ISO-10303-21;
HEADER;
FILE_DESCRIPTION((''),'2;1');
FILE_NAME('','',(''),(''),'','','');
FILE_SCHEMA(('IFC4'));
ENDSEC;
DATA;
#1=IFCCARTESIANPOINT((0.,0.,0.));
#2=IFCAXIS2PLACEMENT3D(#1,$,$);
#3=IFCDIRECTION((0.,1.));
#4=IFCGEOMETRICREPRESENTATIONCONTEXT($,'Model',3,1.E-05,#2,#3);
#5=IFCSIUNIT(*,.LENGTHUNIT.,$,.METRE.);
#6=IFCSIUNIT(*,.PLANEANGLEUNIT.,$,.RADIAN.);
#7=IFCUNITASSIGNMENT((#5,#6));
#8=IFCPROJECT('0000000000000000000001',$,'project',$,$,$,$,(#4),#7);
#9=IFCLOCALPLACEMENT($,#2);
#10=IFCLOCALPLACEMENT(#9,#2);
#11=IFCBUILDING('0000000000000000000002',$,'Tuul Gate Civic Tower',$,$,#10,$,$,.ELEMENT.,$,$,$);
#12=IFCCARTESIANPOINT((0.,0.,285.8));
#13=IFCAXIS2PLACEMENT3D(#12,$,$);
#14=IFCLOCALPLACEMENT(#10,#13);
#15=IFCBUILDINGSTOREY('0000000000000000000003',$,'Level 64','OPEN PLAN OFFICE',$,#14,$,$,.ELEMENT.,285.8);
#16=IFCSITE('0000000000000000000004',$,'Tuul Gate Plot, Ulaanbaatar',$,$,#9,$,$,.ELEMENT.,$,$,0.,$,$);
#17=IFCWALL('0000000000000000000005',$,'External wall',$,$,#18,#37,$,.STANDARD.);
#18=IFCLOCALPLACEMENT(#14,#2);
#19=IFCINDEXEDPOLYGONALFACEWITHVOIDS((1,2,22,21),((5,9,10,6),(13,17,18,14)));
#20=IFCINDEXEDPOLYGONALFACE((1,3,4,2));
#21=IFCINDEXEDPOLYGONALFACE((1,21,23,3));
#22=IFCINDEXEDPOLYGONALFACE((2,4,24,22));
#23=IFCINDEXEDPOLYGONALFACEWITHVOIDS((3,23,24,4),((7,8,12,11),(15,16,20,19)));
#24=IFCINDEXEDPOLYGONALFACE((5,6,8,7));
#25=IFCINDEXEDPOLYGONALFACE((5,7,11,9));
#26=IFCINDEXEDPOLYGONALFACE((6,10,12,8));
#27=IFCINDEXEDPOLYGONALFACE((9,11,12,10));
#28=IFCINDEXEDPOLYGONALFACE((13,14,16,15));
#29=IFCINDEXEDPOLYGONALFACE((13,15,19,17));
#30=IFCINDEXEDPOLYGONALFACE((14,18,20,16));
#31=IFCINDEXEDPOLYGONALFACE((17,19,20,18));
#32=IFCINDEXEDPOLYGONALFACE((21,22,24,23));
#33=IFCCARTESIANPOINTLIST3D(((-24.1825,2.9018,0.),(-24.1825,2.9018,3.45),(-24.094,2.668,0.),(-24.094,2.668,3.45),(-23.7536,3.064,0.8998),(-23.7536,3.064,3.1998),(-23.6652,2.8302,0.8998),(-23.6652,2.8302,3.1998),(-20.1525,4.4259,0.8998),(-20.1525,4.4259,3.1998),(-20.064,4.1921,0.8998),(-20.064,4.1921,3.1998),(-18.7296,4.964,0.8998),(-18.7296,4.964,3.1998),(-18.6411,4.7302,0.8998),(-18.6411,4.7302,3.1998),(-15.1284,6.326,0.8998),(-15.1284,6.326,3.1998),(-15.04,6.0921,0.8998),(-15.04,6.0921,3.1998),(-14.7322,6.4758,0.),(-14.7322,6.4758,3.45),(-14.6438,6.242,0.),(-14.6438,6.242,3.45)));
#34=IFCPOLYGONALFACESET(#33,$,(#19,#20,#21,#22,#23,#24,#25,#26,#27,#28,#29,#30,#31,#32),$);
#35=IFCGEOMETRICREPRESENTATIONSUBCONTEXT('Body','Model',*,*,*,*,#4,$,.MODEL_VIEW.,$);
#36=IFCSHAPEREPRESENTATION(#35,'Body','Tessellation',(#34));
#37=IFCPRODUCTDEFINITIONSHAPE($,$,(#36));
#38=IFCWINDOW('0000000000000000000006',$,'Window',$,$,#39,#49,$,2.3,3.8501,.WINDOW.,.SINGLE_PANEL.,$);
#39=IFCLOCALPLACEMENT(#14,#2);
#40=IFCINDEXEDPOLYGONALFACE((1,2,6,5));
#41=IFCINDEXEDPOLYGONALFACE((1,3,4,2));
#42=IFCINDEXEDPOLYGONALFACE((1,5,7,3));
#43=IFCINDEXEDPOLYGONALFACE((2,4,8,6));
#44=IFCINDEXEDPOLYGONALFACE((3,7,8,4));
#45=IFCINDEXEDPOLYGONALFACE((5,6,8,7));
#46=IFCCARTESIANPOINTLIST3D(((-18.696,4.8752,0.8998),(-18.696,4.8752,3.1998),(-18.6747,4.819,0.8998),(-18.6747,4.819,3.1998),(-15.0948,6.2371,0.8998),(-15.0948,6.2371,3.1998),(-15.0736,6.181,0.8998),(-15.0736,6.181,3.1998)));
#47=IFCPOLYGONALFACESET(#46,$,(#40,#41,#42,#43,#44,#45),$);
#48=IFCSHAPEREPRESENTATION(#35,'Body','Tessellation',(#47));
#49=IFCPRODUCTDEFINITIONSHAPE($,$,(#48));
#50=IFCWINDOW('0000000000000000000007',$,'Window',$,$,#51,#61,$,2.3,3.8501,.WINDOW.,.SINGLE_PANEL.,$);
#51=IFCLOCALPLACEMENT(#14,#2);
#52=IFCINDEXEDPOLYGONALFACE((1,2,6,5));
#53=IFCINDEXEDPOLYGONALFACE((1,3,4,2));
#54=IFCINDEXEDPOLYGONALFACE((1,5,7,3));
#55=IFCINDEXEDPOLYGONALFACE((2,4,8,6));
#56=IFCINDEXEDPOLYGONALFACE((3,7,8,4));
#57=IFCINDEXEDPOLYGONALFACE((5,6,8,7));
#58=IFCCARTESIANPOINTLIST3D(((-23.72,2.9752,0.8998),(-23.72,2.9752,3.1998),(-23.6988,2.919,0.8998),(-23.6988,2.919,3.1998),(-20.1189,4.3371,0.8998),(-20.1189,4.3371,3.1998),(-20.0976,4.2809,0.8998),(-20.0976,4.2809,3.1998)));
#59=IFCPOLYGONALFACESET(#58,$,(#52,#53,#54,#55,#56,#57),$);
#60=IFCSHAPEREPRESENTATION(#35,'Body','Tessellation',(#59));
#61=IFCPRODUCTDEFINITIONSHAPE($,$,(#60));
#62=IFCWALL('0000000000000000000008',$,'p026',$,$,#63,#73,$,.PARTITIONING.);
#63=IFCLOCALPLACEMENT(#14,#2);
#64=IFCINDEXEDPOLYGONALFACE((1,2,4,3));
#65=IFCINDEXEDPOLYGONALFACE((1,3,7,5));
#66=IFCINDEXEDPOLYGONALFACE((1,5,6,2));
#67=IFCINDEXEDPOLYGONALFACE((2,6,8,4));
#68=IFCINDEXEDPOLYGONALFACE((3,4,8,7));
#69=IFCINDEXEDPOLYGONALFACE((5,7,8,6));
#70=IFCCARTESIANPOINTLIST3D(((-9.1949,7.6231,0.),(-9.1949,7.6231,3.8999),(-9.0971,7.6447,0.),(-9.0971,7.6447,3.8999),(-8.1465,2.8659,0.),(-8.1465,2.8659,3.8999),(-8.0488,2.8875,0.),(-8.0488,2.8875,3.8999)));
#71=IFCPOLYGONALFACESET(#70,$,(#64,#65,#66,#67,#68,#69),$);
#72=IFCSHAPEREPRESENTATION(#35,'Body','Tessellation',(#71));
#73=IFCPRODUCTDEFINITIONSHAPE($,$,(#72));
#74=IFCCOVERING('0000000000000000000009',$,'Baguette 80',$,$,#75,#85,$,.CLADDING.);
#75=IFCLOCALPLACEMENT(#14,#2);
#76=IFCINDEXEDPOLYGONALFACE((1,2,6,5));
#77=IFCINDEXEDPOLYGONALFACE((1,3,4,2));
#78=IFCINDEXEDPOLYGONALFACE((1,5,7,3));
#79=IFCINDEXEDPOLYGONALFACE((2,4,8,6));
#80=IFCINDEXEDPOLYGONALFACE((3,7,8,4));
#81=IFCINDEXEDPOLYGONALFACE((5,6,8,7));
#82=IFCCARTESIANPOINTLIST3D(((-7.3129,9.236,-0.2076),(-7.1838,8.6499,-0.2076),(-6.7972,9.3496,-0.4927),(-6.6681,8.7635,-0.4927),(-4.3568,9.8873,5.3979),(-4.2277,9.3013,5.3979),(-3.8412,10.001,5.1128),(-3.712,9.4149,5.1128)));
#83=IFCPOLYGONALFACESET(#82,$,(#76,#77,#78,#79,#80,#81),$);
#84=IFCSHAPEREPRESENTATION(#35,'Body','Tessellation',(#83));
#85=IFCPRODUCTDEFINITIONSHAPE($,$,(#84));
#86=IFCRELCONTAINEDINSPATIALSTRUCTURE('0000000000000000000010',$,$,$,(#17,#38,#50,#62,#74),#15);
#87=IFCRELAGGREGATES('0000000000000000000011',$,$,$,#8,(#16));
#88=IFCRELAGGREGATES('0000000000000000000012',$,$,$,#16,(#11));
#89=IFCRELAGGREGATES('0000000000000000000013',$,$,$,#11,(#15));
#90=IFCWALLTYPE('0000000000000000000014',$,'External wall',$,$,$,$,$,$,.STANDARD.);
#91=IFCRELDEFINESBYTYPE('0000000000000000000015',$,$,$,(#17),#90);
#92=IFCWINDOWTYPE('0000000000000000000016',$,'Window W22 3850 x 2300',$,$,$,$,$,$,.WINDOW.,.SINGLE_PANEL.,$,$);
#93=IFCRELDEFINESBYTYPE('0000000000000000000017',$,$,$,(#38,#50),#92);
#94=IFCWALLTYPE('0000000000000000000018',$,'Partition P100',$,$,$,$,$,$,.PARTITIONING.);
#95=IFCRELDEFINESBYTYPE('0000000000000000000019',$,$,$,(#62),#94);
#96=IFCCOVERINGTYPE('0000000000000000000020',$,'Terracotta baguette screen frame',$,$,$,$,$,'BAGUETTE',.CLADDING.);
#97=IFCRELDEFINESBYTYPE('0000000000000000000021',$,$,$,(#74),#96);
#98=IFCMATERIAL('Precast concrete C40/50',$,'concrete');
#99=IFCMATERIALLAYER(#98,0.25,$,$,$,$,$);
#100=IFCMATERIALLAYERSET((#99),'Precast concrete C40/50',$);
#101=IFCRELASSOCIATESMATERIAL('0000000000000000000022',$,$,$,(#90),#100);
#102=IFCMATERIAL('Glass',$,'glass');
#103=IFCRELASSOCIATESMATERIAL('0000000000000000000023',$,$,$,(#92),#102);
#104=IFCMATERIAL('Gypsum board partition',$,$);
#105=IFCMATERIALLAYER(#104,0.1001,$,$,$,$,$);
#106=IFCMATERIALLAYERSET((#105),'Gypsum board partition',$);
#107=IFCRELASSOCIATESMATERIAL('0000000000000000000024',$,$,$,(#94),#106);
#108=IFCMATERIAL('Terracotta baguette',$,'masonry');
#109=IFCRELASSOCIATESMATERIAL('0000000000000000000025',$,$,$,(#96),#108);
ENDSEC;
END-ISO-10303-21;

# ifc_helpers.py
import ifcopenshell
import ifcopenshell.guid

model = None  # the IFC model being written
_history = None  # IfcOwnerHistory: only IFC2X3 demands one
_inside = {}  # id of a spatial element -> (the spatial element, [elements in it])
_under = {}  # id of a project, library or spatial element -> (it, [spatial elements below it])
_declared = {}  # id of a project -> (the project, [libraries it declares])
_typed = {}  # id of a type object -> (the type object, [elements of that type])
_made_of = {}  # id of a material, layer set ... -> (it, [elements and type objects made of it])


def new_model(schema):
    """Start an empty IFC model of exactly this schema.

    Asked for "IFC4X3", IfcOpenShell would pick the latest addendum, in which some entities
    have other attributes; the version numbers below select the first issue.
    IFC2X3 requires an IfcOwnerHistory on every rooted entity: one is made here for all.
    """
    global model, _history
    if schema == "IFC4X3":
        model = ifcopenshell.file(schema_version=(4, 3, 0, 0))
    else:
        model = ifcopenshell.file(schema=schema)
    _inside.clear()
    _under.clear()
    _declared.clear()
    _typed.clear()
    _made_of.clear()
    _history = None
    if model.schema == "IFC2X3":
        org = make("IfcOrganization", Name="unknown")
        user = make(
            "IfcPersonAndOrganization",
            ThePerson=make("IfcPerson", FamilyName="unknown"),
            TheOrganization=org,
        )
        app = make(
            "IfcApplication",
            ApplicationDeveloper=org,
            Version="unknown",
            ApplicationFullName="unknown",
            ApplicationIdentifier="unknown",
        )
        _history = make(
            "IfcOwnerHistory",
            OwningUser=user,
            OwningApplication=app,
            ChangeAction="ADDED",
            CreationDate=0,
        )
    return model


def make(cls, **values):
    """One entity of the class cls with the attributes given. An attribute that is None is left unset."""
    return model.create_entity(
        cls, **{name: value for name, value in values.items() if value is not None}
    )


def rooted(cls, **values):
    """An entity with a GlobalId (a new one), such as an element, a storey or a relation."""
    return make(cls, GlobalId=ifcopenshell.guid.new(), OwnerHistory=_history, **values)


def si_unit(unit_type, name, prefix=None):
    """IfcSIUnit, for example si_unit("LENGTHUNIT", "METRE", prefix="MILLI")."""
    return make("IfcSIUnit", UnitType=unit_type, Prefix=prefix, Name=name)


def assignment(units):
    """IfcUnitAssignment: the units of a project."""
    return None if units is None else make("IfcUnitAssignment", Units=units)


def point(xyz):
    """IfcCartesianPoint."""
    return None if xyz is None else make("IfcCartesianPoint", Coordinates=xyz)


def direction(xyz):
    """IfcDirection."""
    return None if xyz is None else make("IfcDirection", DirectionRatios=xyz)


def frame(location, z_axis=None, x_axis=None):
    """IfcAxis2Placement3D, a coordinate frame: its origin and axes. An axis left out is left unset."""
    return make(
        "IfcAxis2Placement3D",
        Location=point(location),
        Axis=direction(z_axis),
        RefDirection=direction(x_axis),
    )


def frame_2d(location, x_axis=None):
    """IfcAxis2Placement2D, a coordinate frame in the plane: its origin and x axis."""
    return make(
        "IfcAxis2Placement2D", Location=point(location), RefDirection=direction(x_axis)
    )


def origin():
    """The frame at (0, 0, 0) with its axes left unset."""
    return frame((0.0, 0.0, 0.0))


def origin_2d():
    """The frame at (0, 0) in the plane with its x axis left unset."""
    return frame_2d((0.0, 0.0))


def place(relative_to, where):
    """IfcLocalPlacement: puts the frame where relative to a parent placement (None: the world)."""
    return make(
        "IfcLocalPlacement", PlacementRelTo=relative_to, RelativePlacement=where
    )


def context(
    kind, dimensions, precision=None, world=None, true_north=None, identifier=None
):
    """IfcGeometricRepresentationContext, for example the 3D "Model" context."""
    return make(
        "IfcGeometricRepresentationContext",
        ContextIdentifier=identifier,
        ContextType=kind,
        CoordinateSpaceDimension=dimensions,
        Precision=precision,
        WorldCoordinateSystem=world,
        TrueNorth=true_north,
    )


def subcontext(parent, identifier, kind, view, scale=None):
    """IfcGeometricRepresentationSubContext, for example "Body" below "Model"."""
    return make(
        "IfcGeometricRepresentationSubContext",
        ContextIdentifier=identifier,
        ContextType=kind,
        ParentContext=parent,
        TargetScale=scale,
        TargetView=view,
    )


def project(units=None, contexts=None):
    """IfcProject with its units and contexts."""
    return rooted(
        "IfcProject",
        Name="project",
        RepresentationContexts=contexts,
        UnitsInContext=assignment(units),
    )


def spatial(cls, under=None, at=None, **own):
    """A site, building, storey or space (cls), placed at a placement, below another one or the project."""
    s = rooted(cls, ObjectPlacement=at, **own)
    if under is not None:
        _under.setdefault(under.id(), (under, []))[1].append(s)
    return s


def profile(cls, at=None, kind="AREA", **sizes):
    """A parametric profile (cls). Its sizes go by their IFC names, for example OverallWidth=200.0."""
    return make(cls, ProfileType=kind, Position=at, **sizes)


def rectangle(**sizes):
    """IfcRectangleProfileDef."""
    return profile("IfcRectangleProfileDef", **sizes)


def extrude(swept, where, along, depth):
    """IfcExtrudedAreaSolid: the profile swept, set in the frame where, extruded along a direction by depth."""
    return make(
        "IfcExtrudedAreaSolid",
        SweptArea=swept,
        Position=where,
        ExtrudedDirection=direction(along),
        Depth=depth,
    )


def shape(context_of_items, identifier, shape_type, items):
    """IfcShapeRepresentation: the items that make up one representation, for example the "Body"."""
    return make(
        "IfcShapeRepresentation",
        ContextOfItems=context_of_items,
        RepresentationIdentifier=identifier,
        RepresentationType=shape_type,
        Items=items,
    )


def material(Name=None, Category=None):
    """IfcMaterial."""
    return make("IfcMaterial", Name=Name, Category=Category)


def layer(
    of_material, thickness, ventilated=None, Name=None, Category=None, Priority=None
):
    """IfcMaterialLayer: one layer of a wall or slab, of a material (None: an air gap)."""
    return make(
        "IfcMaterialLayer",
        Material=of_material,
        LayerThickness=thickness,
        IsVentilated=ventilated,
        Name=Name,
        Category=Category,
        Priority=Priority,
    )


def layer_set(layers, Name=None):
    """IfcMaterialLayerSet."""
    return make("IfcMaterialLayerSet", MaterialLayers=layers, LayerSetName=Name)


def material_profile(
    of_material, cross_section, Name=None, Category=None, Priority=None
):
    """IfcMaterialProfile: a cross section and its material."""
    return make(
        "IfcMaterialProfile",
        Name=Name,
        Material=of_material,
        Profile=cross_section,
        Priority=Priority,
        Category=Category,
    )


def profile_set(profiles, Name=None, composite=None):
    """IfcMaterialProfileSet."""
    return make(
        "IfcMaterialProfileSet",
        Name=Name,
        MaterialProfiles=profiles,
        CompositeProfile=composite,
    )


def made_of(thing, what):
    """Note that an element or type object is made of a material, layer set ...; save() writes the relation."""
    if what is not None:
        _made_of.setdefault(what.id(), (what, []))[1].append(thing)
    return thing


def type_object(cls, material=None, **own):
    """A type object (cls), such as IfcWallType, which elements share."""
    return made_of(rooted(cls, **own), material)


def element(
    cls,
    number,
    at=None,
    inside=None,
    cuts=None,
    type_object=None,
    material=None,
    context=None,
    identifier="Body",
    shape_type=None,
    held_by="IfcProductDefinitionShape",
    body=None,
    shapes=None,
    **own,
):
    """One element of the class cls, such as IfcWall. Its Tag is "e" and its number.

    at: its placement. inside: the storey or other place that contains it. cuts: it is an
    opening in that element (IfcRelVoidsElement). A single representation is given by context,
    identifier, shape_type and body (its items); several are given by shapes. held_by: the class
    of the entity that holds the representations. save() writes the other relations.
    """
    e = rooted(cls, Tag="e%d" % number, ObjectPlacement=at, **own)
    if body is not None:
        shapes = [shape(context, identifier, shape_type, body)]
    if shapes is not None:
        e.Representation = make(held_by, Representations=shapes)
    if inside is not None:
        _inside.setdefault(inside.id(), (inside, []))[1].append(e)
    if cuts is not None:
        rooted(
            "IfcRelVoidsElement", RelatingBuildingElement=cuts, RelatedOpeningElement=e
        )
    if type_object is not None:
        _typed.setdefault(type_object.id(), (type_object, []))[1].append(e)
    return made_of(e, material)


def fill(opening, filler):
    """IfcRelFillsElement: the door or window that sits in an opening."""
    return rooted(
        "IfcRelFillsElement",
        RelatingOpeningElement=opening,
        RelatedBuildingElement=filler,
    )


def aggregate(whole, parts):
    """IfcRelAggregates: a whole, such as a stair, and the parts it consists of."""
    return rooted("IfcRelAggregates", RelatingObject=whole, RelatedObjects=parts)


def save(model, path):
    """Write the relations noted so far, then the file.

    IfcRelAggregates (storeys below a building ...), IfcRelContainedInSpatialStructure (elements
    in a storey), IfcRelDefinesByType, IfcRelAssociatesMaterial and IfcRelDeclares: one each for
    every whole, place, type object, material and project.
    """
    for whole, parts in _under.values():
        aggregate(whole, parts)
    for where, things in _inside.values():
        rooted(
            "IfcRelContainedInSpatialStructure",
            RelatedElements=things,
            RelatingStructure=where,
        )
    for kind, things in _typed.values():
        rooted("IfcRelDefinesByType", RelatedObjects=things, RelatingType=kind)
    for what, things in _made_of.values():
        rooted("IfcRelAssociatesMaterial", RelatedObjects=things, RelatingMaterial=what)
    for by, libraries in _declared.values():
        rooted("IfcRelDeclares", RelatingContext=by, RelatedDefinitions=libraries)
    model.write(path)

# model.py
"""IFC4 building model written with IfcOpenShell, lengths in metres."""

from ifc_helpers import new_model, si_unit, direction, frame, frame_2d, origin, origin_2d, place, context, subcontext, project, spatial, rectangle, extrude, material, layer, layer_set, material_profile, profile_set, type_object, element, fill, save


model = new_model("IFC4")

# Units and contexts
model_context = context("Model", 3, precision=1e-05, world=origin(), true_north=direction((0.0, 1.0)))
body_context = subcontext(model_context, "Body", "Model", "MODEL_VIEW")
ifc_project = project(units=[si_unit("LENGTHUNIT", "METRE"), si_unit("PLANEANGLEUNIT", "RADIAN")], contexts=[model_context])

# Site, building, storey
site_placement = place(None, origin())
site = spatial("IfcSite", under=ifc_project, at=site_placement, Name="Tuul Gate Plot, Ulaanbaatar", CompositionType="ELEMENT", RefElevation=0.0)
building_placement = place(site_placement, origin())
building = spatial("IfcBuilding", under=site, at=building_placement, Name="Tuul Gate Civic Tower", CompositionType="ELEMENT")
storey_placement = place(building_placement, frame((0.0, 0.0, 285.8)))
storey = spatial("IfcBuildingStorey", under=building, at=storey_placement, Name="Level 64", Description="OPEN PLAN OFFICE", CompositionType="ELEMENT", Elevation=285.8)

# Wall, openings, windows
ifc_material_1 = material(Name="Precast concrete C40/50", Category="concrete")
ifc_layer_1 = layer(ifc_material_1, 0.25)
ifc_layer_set_1 = layer_set([ifc_layer_1], Name="Precast concrete C40/50")
wall_type_1 = type_object("IfcWallType", Name="External wall", PredefinedType="STANDARD", material=ifc_layer_set_1)
ifc_material_2 = material(Name="Glass", Category="glass")
window_type = type_object("IfcWindowType", Name="Window W22 3850 x 2300", PartitioningType="SINGLE_PANEL", PredefinedType="WINDOW", material=ifc_material_2)
wall_1_placement = place(storey_placement, frame((-14.688, 6.3589, 0.0), z_axis=(0.0, 0.0, 1.0), x_axis=(-0.935344, -0.353738, 0.0)))
wall_1 = element("IfcWall", 1, at=wall_1_placement, inside=storey, type_object=wall_type_1, Name="External wall", PredefinedType="STANDARD", context=body_context, shape_type="SweptSolid", body=[
    extrude(rectangle(XDim=10.1035, YDim=0.25, at=frame_2d((5.0518, 0.0))), origin(), (0.0, 0.0, 1.0), 3.45),
])
opening_1_placement = place(wall_1_placement, frame((0.4236, 0.0, 0.8999)))
opening_1 = element("IfcOpeningElement", 2, at=opening_1_placement, cuts=wall_1, PredefinedType="OPENING", context=body_context, shape_type="SweptSolid", body=[
    extrude(rectangle(XDim=3.8501, YDim=2.3, at=frame_2d((1.925, 1.1499))), frame((0.0, 0.135, 0.0), z_axis=(0.0, -1.0, 0.0), x_axis=(1.0, 0.0, 0.0)), (0.0, 0.0, 1.0), 0.27),
])
opening_2_placement = place(wall_1_placement, frame((5.7949, 0.0, 0.8999)))
opening_2 = element("IfcOpeningElement", 3, at=opening_2_placement, cuts=wall_1, PredefinedType="OPENING", context=body_context, shape_type="SweptSolid", body=[
    extrude(rectangle(XDim=3.8501, YDim=2.3, at=frame_2d((1.925, 1.1499))), frame((0.0, 0.135, 0.0), z_axis=(0.0, -1.0, 0.0), x_axis=(1.0, 0.0, 0.0)), (0.0, 0.0, 1.0), 0.27),
])
window_1_placement = place(opening_1_placement, origin())
window_1 = element("IfcWindow", 4, at=window_1_placement, inside=storey, type_object=window_type, Name="Window", OverallHeight=2.3, OverallWidth=3.8501, PartitioningType="SINGLE_PANEL", PredefinedType="WINDOW", context=body_context, shape_type="SweptSolid", body=[
    extrude(rectangle(XDim=3.8501, YDim=2.3, at=frame_2d((1.925, 1.1499))), frame((0.0, 0.03, 0.0), z_axis=(0.0, -1.0, 0.0), x_axis=(1.0, 0.0, 0.0)), (0.0, 0.0, 1.0), 0.0601),
])
fill(opening_1, window_1)
window_2_placement = place(opening_2_placement, origin())
window_2 = element("IfcWindow", 5, at=window_2_placement, inside=storey, type_object=window_type, Name="Window", OverallHeight=2.3, OverallWidth=3.8501, PartitioningType="SINGLE_PANEL", PredefinedType="WINDOW", context=body_context, shape_type="SweptSolid", body=[
    extrude(rectangle(XDim=3.8501, YDim=2.3, at=frame_2d((1.925, 1.1499))), frame((0.0, 0.03, 0.0), z_axis=(0.0, -1.0, 0.0), x_axis=(1.0, 0.0, 0.0)), (0.0, 0.0, 1.0), 0.0601),
])
fill(opening_2, window_2)

# Wall
ifc_material_3 = material(Name="Gypsum board partition")
ifc_layer_2 = layer(ifc_material_3, 0.1001)
ifc_layer_set_2 = layer_set([ifc_layer_2], Name="Gypsum board partition")
wall_type_2 = type_object("IfcWallType", Name="Partition P100", PredefinedType="PARTITIONING", material=ifc_layer_set_2)
wall_2_placement = place(storey_placement, frame((-9.146, 7.6338, 0.0), z_axis=(0.0, 0.0, 1.0), x_axis=(0.215211, -0.976568, 0.0)))
element("IfcWall", 6, at=wall_2_placement, inside=storey, type_object=wall_type_2, Name="p026", PredefinedType="PARTITIONING", context=body_context, shape_type="SweptSolid", body=[
    extrude(rectangle(XDim=4.8713, YDim=0.1001, at=frame_2d((2.4355, 0.0))), origin(), (0.0, 0.0, 1.0), 3.8999),
])

# Covering
ifc_material_4 = material(Name="Terracotta baguette", Category="masonry")
ifc_material_profile_1 = material_profile(ifc_material_4, rectangle(XDim=0.6001, YDim=0.6001, at=origin_2d()), Name="Terracotta baguette screen frame")
ifc_profile_set_1 = profile_set([ifc_material_profile_1], Name="Terracotta baguette")
covering_type = type_object("IfcCoveringType", Name="Terracotta baguette screen frame", ElementType="BAGUETTE", PredefinedType="CLADDING", material=ifc_profile_set_1)
covering_placement = place(storey_placement, frame((-4.0344, 9.6511, 5.2554), z_axis=(-0.464019, -0.102247, -0.879904), x_axis=(0.215188, -0.976573, 0.0)))
element("IfcCovering", 7, at=covering_placement, inside=storey, type_object=covering_type, Name="Baguette 80", PredefinedType="CLADDING", context=body_context, shape_type="SweptSolid", body=[
    extrude(rectangle(XDim=0.6001, YDim=0.6001, at=origin_2d()), origin(), (0.0, 0.0, 1.0), 6.3706),
])

save(model, "model.ifc")
